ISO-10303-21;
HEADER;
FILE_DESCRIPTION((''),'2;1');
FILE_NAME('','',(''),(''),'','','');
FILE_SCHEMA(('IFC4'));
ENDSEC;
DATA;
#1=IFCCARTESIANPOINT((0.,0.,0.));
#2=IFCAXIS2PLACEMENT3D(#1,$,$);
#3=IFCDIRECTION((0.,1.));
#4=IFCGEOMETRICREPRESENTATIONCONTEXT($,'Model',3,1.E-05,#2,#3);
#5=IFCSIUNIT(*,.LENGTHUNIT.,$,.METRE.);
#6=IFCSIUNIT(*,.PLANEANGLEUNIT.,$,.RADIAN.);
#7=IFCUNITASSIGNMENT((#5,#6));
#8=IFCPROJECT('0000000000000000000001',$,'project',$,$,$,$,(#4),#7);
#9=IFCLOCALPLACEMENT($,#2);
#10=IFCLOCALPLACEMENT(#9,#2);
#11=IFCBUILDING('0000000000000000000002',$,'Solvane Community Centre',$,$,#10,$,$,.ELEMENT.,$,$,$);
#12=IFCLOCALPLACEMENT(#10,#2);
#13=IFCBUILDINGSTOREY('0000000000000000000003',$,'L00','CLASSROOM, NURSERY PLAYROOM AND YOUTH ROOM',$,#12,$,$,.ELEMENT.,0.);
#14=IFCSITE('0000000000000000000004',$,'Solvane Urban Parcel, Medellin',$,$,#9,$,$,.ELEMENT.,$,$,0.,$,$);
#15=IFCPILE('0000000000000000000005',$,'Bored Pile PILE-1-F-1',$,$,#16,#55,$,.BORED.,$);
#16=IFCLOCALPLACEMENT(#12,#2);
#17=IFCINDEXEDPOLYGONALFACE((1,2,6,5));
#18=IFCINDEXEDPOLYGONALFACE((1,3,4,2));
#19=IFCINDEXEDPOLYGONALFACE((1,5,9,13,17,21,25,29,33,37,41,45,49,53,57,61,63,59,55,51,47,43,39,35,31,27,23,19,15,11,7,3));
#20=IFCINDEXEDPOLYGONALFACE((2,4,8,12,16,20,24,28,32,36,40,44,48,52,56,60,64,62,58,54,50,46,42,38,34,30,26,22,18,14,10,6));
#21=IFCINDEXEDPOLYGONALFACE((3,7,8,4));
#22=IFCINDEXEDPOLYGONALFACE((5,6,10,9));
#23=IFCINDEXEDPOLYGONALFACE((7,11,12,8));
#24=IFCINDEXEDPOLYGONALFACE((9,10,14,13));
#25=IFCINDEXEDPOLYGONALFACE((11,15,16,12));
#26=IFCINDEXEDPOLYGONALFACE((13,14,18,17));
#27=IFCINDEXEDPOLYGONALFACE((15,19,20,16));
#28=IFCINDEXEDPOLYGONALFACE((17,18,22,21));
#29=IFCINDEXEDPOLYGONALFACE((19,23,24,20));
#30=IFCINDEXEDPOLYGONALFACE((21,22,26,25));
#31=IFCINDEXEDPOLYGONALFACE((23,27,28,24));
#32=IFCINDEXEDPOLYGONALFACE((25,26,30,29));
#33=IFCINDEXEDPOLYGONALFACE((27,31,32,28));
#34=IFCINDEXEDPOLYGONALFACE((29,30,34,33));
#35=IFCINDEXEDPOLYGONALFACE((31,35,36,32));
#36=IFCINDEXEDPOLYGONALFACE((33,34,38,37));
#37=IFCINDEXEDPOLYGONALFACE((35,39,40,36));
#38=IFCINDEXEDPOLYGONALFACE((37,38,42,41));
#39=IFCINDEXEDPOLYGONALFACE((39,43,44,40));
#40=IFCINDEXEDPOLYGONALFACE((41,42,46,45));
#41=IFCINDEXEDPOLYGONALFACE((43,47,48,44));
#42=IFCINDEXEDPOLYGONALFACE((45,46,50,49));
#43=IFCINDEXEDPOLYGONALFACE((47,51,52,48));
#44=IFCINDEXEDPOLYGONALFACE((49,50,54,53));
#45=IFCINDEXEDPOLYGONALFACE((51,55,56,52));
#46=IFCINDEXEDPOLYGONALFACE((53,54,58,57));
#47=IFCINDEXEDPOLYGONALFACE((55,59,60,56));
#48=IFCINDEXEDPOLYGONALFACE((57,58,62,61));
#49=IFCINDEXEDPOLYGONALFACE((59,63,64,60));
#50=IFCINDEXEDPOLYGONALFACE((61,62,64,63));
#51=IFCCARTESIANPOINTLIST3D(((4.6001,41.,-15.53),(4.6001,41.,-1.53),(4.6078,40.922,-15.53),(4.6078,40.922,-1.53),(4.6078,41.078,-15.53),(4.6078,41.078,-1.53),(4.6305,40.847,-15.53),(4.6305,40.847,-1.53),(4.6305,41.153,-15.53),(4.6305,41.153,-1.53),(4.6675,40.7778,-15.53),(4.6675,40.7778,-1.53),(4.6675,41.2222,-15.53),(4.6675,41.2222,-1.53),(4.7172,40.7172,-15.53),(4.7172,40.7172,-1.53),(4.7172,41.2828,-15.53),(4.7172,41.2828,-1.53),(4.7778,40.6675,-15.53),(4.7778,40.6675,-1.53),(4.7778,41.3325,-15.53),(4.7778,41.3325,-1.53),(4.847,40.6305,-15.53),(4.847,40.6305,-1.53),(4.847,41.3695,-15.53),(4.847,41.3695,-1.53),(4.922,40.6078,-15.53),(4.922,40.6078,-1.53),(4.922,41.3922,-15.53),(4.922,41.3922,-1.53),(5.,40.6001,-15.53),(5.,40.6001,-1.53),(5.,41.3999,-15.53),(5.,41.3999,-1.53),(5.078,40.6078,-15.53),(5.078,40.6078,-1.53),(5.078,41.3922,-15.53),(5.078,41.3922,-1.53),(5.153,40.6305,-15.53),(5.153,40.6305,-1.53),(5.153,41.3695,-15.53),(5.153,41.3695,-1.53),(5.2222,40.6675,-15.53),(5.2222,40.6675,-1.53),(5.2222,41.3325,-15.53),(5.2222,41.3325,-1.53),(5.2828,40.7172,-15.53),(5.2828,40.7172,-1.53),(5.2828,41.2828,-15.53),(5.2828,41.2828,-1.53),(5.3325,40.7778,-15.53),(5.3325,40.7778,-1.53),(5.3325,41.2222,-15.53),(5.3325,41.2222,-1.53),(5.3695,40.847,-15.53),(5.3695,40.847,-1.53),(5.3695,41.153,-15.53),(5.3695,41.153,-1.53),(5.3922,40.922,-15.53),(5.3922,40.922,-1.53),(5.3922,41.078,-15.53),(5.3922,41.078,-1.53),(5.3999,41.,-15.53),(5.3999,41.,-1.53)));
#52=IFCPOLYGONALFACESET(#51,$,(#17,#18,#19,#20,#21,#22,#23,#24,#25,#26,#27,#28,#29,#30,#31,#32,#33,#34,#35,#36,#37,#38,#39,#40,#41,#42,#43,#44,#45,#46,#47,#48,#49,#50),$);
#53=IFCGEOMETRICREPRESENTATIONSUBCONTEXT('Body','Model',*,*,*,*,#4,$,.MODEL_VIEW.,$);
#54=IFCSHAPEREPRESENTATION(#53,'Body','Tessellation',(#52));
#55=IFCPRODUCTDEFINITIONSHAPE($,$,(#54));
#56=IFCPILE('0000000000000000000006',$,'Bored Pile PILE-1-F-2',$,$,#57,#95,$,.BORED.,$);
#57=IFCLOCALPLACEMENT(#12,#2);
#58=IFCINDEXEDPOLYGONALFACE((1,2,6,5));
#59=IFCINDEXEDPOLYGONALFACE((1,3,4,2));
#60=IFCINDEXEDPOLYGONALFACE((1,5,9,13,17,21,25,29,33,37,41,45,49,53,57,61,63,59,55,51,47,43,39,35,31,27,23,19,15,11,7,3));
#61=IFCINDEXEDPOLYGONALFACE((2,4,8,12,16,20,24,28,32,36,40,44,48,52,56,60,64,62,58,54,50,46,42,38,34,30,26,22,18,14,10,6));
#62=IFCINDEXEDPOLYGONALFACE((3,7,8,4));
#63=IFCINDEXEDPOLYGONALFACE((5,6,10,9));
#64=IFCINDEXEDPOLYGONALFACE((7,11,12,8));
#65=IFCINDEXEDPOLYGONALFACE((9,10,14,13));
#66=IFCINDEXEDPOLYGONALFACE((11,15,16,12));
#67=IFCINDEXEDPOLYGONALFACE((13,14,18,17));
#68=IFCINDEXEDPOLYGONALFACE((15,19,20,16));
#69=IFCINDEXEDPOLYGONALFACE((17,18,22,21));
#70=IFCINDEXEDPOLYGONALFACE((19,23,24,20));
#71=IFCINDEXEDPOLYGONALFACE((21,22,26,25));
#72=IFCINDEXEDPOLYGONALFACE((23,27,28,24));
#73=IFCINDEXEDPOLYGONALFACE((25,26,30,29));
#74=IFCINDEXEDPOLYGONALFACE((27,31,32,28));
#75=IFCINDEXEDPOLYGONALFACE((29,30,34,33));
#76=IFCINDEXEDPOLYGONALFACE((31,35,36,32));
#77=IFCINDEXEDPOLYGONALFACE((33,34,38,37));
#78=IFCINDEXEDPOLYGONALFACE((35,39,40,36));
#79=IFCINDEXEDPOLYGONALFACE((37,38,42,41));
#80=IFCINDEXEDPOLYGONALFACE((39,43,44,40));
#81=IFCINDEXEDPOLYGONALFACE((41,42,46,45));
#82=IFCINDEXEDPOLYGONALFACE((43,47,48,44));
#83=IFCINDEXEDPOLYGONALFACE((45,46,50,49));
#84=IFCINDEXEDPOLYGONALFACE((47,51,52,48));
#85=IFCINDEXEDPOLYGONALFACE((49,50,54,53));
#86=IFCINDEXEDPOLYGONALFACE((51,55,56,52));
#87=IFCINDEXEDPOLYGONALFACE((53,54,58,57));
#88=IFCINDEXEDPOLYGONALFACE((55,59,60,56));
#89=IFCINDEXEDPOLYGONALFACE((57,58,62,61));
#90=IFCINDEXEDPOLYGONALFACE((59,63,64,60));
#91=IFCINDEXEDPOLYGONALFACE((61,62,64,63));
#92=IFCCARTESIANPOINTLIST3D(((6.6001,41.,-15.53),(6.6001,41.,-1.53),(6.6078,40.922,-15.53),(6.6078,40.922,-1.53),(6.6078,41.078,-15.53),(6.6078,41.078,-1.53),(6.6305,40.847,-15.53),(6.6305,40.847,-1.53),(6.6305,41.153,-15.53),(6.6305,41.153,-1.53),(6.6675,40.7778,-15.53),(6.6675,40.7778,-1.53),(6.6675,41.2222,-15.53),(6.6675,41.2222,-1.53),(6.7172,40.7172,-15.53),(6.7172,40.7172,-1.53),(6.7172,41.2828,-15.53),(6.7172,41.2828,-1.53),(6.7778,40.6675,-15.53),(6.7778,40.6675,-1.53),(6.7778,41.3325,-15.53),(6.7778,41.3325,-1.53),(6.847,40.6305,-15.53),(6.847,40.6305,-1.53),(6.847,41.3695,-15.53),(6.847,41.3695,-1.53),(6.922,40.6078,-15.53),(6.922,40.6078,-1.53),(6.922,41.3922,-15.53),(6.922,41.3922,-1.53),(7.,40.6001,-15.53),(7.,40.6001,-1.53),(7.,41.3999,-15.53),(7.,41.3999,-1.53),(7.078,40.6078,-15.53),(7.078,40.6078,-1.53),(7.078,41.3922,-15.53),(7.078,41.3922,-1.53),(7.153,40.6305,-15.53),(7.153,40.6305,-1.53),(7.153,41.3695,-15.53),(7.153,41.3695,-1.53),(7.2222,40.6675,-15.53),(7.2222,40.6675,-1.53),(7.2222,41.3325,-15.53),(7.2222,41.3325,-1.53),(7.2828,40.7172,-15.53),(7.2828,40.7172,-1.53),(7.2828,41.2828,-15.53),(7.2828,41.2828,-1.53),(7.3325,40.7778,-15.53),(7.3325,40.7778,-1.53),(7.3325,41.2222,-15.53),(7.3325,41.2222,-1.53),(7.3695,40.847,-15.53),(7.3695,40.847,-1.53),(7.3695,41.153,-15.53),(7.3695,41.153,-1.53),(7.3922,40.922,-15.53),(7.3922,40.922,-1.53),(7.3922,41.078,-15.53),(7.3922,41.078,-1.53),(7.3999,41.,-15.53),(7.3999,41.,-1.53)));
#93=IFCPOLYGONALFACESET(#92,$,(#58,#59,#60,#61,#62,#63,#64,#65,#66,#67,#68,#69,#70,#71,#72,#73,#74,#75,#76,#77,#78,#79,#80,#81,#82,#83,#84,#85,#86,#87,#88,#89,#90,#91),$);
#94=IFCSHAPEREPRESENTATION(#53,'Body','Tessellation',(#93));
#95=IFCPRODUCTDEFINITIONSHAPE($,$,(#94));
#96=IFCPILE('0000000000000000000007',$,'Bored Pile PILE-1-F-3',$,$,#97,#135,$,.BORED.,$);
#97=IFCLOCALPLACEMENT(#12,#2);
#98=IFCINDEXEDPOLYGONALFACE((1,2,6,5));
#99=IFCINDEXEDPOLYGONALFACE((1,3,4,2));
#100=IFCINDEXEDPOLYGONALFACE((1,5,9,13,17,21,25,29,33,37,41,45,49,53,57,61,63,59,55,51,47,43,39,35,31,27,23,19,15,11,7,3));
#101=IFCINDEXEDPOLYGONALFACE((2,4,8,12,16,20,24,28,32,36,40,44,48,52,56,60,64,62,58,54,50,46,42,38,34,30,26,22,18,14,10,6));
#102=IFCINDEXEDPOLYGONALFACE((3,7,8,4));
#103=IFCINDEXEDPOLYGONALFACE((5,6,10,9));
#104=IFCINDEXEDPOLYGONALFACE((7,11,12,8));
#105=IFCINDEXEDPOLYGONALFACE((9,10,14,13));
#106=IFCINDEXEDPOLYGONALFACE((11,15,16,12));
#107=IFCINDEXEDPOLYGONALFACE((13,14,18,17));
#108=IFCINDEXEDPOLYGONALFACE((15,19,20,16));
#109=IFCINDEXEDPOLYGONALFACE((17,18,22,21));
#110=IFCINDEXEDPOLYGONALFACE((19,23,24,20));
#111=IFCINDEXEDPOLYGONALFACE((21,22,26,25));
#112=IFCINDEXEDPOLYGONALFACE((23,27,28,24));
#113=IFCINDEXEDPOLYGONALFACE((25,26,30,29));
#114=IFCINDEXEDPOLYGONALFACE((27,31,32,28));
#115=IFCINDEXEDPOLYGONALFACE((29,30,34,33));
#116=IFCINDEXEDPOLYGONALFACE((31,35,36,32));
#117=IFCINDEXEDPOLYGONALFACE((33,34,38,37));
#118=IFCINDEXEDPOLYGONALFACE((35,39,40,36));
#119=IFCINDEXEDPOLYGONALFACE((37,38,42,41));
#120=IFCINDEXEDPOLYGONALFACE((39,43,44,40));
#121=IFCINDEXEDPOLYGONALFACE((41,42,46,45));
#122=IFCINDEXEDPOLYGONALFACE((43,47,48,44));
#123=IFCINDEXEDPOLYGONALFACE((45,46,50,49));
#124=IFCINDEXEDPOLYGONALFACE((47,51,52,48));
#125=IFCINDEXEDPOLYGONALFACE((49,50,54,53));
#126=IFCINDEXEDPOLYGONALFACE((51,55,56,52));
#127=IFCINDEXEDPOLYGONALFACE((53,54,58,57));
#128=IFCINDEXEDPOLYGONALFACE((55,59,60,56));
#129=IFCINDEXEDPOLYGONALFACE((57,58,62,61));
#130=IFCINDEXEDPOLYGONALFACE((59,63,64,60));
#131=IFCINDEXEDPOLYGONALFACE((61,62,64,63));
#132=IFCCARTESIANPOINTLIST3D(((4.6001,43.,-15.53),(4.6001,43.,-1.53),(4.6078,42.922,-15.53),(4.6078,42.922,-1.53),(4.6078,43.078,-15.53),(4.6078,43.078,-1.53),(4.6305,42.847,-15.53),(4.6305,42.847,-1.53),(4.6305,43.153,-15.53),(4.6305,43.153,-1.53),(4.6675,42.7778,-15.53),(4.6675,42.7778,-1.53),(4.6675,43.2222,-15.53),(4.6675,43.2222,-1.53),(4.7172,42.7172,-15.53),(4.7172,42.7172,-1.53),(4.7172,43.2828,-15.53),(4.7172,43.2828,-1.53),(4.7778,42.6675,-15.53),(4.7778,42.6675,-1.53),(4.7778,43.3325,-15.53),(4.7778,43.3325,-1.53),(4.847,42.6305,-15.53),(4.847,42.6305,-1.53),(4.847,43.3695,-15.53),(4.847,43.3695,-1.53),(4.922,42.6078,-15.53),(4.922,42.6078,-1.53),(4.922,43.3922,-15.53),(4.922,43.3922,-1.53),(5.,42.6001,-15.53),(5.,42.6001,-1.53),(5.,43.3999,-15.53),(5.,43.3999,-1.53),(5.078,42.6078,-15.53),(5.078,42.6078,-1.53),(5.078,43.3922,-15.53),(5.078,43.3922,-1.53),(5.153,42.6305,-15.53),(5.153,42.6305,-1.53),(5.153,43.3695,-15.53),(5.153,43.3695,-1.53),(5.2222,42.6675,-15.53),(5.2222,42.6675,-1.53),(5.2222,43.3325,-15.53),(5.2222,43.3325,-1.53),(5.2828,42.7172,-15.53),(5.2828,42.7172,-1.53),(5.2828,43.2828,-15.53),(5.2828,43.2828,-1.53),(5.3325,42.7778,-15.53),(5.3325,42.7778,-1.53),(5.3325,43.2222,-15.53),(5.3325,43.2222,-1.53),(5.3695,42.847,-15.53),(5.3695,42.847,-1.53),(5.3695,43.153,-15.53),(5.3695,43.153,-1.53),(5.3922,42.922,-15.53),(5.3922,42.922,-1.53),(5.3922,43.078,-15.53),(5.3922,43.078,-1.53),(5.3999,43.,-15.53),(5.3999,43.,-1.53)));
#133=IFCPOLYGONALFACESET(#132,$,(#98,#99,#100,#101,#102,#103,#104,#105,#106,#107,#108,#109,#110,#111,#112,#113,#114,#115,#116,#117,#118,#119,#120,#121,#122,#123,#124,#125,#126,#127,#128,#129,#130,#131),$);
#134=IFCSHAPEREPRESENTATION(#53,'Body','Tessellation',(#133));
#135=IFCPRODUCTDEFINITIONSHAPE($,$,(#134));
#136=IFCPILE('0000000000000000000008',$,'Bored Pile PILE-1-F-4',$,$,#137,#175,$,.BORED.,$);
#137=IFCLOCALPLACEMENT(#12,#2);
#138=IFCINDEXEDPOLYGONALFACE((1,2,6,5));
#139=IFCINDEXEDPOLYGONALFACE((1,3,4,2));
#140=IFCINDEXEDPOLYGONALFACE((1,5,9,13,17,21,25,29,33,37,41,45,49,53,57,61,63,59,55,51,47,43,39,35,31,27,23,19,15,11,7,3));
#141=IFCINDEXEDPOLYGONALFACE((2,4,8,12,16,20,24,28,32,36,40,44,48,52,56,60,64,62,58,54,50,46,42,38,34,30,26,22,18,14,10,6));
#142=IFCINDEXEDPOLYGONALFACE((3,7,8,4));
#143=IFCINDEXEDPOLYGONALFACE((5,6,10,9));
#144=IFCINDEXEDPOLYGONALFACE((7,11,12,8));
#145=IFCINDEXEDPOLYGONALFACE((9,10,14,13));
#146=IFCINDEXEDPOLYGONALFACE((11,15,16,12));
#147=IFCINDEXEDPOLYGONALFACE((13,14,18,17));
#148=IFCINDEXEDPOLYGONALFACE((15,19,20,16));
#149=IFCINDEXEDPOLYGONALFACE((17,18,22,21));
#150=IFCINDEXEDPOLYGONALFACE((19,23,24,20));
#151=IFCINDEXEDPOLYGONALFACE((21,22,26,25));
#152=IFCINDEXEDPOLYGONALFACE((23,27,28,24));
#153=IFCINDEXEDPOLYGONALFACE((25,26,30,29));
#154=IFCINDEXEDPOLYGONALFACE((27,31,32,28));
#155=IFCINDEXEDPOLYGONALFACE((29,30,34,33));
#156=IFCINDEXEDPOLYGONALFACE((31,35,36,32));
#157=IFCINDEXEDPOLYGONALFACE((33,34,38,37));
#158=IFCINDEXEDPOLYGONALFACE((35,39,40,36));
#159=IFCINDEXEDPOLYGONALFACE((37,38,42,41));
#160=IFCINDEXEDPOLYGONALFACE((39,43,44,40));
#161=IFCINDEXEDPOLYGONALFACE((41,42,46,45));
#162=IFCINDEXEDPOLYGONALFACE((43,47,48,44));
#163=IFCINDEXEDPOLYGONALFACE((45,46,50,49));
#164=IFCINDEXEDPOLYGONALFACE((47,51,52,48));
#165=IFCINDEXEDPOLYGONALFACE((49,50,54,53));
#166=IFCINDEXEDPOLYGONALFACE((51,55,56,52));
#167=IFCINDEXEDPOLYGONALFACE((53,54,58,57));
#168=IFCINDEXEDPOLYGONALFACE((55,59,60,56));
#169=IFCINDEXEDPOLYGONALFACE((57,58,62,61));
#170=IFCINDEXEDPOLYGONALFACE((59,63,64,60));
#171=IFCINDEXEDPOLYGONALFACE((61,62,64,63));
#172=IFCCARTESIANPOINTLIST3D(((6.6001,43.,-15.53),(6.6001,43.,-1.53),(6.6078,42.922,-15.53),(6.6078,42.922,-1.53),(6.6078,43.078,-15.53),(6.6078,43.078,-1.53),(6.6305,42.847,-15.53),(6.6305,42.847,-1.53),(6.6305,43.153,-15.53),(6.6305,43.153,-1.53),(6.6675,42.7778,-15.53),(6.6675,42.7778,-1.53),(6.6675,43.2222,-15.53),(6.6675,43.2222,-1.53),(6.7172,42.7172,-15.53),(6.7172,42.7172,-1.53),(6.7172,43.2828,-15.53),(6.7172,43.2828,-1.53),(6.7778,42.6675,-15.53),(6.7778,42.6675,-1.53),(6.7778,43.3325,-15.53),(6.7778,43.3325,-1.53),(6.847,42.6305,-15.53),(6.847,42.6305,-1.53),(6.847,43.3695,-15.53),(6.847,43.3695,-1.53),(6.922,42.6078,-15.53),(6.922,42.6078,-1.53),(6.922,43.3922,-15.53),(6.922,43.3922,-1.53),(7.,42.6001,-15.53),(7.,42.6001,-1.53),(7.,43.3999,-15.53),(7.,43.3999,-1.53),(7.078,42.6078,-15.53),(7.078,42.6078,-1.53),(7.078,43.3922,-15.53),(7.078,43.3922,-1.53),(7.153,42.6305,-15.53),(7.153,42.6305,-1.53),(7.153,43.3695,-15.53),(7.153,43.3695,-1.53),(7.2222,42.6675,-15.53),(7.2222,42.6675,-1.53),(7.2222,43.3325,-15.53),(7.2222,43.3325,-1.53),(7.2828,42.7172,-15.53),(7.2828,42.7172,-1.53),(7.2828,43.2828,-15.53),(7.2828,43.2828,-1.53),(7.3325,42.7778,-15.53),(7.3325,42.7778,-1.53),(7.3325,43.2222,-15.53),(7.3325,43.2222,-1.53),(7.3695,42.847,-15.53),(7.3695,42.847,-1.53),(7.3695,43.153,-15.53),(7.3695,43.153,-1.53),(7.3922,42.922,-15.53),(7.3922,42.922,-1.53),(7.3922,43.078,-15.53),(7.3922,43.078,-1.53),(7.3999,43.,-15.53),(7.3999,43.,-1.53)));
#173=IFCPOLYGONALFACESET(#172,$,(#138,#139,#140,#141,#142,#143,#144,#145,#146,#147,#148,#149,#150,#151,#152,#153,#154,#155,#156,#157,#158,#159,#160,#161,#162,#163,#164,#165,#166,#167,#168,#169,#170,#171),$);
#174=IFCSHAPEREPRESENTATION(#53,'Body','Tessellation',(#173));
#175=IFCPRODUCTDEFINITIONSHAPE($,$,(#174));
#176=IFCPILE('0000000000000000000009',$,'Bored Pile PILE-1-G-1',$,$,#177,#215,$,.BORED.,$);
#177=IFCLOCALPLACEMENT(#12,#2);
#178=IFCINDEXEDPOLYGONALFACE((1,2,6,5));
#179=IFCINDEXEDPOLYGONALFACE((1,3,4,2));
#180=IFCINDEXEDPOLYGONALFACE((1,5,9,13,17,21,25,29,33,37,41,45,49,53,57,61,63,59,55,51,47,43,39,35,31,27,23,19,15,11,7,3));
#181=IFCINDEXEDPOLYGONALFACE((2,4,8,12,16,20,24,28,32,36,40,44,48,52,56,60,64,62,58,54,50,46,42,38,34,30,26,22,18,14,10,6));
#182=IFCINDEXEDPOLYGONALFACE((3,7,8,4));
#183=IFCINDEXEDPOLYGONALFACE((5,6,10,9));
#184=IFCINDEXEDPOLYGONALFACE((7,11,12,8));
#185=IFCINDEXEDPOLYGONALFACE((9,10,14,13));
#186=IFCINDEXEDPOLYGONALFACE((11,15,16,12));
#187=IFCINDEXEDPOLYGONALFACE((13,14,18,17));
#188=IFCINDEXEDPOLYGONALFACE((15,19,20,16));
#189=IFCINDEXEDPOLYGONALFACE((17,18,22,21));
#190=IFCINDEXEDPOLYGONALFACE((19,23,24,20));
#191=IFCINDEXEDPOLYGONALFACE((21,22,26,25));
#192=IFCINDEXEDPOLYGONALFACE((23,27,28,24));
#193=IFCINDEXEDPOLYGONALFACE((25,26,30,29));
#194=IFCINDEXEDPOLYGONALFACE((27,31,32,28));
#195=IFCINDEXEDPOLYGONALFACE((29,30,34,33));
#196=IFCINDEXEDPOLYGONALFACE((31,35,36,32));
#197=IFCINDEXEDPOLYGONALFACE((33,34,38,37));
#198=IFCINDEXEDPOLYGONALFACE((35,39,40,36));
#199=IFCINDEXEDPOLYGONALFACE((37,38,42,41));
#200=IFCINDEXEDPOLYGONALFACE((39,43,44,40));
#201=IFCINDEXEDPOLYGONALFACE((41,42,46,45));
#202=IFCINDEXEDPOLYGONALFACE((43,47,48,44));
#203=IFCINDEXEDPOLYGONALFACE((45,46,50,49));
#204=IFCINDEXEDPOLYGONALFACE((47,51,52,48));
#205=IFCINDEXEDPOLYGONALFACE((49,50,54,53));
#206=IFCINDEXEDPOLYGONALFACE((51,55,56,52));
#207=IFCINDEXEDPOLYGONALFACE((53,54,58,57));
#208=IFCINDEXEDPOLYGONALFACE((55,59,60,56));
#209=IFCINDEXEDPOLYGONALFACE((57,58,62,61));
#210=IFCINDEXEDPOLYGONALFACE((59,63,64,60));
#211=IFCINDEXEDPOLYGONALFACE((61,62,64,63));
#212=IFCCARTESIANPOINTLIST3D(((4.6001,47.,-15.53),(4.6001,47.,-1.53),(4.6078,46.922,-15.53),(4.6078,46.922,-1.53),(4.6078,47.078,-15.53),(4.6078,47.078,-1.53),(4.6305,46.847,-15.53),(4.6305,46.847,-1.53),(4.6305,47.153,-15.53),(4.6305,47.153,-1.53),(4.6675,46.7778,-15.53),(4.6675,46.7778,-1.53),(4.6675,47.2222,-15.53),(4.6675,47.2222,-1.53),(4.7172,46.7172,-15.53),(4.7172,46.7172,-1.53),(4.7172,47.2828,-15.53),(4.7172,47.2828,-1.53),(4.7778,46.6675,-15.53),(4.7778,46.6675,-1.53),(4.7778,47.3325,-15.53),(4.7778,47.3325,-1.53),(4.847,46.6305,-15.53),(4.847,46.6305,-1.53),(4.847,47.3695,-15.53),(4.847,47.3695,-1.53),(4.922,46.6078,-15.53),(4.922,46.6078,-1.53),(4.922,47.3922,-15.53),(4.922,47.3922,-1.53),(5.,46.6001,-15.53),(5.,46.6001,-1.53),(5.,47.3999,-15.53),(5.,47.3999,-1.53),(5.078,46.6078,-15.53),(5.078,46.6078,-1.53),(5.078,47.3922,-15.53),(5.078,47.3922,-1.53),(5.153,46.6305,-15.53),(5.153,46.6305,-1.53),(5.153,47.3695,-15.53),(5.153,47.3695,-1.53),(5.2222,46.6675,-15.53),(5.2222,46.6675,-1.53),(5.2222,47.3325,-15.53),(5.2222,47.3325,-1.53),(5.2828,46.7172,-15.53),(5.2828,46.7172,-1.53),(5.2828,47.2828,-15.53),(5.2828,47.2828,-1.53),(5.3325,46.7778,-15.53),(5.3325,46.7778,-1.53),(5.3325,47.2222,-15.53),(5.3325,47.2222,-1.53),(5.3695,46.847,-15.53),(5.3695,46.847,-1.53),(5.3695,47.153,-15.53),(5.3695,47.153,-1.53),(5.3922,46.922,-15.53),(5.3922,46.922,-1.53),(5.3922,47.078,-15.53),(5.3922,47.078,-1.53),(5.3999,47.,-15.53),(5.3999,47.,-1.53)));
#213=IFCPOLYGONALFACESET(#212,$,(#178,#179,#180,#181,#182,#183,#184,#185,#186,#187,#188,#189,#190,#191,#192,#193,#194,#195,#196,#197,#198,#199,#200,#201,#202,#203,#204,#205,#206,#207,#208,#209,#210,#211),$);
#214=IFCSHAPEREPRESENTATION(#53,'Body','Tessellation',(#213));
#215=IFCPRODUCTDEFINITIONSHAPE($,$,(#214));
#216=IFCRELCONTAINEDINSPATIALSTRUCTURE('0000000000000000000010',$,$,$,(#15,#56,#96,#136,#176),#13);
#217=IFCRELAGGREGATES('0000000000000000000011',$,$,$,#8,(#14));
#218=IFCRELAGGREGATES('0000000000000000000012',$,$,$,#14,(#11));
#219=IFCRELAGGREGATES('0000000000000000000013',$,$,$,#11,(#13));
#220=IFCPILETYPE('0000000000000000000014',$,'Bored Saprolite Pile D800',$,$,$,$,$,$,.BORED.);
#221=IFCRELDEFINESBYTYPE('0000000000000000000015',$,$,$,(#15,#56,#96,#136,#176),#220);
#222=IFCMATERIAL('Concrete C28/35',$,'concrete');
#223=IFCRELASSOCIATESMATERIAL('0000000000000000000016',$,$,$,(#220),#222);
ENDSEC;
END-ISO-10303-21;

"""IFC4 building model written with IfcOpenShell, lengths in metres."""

from ifc_helpers import new_model, si_unit, direction, frame, origin, origin_2d, place, context, subcontext, project, spatial, circle, extrude, material, material_profile, profile_set, type_object, element, save


model = new_model("IFC4")

# Units and contexts
model_context = context("Model", 3, precision=1e-05, world=origin(), true_north=direction((0.0, 1.0)))
body_context = subcontext(model_context, "Body", "Model", "MODEL_VIEW")
ifc_project = project(units=[si_unit("LENGTHUNIT", "METRE"), si_unit("PLANEANGLEUNIT", "RADIAN")], contexts=[model_context])

# Site, building, storey
site_placement = place(None, origin())
site = spatial("IfcSite", under=ifc_project, at=site_placement, Name="Solvane Urban Parcel, Medellin", CompositionType="ELEMENT", RefElevation=0.0)
building_placement = place(site_placement, origin())
building = spatial("IfcBuilding", under=site, at=building_placement, Name="Solvane Community Centre", CompositionType="ELEMENT")
storey_placement = place(building_placement, origin())
storey = spatial("IfcBuildingStorey", under=building, at=storey_placement, Name="L00", Description="CLASSROOM, NURSERY PLAYROOM AND YOUTH ROOM", CompositionType="ELEMENT", Elevation=0.0)

# Piles
ifc_material_1 = material(Name="Concrete C28/35", Category="concrete")
ifc_material_profile_1 = material_profile(ifc_material_1, circle(Radius=0.3999, at=origin_2d()), Name="PILE D800")
ifc_profile_set_1 = profile_set([ifc_material_profile_1], Name="Concrete C28/35")
pile_type = type_object("IfcPileType", Name="Bored Saprolite Pile D800", PredefinedType="BORED", material=ifc_profile_set_1)
for number, where, z_axis, x_axis, name in (
    (1, (5.0, 41.0, -1.53), (0.0, 0.0, -1.0), (1.0, 0.0, 0.0), "Bored Pile PILE-1-F-1"),
    (2, (7.0, 41.0, -1.53), (0.0, 0.0, -1.0), (1.0, 0.0, 0.0), "Bored Pile PILE-1-F-2"),
    (3, (5.0, 43.0, -1.53), (0.0, 0.0, -1.0), (1.0, 0.0, 0.0), "Bored Pile PILE-1-F-3"),
    (4, (7.0, 43.0, -1.53), (0.0, 0.0, -1.0), (1.0, 0.0, 0.0), "Bored Pile PILE-1-F-4"),
    (5, (5.0, 47.0, -1.53), (0.0, 0.0, -1.0), (1.0, 0.0, 0.0), "Bored Pile PILE-1-G-1"),
):
    element("IfcPile", number, at=place(storey_placement, frame(where, z_axis=z_axis, x_axis=x_axis)), inside=storey, type_object=pile_type, Name=name, PredefinedType="BORED", context=body_context, shape_type="SweptSolid", body=[
        extrude(circle(Radius=0.3999, at=origin_2d()), origin(), (0.0, 0.0, 1.0), 14.0),
    ])

save(model, "model.ifc")
